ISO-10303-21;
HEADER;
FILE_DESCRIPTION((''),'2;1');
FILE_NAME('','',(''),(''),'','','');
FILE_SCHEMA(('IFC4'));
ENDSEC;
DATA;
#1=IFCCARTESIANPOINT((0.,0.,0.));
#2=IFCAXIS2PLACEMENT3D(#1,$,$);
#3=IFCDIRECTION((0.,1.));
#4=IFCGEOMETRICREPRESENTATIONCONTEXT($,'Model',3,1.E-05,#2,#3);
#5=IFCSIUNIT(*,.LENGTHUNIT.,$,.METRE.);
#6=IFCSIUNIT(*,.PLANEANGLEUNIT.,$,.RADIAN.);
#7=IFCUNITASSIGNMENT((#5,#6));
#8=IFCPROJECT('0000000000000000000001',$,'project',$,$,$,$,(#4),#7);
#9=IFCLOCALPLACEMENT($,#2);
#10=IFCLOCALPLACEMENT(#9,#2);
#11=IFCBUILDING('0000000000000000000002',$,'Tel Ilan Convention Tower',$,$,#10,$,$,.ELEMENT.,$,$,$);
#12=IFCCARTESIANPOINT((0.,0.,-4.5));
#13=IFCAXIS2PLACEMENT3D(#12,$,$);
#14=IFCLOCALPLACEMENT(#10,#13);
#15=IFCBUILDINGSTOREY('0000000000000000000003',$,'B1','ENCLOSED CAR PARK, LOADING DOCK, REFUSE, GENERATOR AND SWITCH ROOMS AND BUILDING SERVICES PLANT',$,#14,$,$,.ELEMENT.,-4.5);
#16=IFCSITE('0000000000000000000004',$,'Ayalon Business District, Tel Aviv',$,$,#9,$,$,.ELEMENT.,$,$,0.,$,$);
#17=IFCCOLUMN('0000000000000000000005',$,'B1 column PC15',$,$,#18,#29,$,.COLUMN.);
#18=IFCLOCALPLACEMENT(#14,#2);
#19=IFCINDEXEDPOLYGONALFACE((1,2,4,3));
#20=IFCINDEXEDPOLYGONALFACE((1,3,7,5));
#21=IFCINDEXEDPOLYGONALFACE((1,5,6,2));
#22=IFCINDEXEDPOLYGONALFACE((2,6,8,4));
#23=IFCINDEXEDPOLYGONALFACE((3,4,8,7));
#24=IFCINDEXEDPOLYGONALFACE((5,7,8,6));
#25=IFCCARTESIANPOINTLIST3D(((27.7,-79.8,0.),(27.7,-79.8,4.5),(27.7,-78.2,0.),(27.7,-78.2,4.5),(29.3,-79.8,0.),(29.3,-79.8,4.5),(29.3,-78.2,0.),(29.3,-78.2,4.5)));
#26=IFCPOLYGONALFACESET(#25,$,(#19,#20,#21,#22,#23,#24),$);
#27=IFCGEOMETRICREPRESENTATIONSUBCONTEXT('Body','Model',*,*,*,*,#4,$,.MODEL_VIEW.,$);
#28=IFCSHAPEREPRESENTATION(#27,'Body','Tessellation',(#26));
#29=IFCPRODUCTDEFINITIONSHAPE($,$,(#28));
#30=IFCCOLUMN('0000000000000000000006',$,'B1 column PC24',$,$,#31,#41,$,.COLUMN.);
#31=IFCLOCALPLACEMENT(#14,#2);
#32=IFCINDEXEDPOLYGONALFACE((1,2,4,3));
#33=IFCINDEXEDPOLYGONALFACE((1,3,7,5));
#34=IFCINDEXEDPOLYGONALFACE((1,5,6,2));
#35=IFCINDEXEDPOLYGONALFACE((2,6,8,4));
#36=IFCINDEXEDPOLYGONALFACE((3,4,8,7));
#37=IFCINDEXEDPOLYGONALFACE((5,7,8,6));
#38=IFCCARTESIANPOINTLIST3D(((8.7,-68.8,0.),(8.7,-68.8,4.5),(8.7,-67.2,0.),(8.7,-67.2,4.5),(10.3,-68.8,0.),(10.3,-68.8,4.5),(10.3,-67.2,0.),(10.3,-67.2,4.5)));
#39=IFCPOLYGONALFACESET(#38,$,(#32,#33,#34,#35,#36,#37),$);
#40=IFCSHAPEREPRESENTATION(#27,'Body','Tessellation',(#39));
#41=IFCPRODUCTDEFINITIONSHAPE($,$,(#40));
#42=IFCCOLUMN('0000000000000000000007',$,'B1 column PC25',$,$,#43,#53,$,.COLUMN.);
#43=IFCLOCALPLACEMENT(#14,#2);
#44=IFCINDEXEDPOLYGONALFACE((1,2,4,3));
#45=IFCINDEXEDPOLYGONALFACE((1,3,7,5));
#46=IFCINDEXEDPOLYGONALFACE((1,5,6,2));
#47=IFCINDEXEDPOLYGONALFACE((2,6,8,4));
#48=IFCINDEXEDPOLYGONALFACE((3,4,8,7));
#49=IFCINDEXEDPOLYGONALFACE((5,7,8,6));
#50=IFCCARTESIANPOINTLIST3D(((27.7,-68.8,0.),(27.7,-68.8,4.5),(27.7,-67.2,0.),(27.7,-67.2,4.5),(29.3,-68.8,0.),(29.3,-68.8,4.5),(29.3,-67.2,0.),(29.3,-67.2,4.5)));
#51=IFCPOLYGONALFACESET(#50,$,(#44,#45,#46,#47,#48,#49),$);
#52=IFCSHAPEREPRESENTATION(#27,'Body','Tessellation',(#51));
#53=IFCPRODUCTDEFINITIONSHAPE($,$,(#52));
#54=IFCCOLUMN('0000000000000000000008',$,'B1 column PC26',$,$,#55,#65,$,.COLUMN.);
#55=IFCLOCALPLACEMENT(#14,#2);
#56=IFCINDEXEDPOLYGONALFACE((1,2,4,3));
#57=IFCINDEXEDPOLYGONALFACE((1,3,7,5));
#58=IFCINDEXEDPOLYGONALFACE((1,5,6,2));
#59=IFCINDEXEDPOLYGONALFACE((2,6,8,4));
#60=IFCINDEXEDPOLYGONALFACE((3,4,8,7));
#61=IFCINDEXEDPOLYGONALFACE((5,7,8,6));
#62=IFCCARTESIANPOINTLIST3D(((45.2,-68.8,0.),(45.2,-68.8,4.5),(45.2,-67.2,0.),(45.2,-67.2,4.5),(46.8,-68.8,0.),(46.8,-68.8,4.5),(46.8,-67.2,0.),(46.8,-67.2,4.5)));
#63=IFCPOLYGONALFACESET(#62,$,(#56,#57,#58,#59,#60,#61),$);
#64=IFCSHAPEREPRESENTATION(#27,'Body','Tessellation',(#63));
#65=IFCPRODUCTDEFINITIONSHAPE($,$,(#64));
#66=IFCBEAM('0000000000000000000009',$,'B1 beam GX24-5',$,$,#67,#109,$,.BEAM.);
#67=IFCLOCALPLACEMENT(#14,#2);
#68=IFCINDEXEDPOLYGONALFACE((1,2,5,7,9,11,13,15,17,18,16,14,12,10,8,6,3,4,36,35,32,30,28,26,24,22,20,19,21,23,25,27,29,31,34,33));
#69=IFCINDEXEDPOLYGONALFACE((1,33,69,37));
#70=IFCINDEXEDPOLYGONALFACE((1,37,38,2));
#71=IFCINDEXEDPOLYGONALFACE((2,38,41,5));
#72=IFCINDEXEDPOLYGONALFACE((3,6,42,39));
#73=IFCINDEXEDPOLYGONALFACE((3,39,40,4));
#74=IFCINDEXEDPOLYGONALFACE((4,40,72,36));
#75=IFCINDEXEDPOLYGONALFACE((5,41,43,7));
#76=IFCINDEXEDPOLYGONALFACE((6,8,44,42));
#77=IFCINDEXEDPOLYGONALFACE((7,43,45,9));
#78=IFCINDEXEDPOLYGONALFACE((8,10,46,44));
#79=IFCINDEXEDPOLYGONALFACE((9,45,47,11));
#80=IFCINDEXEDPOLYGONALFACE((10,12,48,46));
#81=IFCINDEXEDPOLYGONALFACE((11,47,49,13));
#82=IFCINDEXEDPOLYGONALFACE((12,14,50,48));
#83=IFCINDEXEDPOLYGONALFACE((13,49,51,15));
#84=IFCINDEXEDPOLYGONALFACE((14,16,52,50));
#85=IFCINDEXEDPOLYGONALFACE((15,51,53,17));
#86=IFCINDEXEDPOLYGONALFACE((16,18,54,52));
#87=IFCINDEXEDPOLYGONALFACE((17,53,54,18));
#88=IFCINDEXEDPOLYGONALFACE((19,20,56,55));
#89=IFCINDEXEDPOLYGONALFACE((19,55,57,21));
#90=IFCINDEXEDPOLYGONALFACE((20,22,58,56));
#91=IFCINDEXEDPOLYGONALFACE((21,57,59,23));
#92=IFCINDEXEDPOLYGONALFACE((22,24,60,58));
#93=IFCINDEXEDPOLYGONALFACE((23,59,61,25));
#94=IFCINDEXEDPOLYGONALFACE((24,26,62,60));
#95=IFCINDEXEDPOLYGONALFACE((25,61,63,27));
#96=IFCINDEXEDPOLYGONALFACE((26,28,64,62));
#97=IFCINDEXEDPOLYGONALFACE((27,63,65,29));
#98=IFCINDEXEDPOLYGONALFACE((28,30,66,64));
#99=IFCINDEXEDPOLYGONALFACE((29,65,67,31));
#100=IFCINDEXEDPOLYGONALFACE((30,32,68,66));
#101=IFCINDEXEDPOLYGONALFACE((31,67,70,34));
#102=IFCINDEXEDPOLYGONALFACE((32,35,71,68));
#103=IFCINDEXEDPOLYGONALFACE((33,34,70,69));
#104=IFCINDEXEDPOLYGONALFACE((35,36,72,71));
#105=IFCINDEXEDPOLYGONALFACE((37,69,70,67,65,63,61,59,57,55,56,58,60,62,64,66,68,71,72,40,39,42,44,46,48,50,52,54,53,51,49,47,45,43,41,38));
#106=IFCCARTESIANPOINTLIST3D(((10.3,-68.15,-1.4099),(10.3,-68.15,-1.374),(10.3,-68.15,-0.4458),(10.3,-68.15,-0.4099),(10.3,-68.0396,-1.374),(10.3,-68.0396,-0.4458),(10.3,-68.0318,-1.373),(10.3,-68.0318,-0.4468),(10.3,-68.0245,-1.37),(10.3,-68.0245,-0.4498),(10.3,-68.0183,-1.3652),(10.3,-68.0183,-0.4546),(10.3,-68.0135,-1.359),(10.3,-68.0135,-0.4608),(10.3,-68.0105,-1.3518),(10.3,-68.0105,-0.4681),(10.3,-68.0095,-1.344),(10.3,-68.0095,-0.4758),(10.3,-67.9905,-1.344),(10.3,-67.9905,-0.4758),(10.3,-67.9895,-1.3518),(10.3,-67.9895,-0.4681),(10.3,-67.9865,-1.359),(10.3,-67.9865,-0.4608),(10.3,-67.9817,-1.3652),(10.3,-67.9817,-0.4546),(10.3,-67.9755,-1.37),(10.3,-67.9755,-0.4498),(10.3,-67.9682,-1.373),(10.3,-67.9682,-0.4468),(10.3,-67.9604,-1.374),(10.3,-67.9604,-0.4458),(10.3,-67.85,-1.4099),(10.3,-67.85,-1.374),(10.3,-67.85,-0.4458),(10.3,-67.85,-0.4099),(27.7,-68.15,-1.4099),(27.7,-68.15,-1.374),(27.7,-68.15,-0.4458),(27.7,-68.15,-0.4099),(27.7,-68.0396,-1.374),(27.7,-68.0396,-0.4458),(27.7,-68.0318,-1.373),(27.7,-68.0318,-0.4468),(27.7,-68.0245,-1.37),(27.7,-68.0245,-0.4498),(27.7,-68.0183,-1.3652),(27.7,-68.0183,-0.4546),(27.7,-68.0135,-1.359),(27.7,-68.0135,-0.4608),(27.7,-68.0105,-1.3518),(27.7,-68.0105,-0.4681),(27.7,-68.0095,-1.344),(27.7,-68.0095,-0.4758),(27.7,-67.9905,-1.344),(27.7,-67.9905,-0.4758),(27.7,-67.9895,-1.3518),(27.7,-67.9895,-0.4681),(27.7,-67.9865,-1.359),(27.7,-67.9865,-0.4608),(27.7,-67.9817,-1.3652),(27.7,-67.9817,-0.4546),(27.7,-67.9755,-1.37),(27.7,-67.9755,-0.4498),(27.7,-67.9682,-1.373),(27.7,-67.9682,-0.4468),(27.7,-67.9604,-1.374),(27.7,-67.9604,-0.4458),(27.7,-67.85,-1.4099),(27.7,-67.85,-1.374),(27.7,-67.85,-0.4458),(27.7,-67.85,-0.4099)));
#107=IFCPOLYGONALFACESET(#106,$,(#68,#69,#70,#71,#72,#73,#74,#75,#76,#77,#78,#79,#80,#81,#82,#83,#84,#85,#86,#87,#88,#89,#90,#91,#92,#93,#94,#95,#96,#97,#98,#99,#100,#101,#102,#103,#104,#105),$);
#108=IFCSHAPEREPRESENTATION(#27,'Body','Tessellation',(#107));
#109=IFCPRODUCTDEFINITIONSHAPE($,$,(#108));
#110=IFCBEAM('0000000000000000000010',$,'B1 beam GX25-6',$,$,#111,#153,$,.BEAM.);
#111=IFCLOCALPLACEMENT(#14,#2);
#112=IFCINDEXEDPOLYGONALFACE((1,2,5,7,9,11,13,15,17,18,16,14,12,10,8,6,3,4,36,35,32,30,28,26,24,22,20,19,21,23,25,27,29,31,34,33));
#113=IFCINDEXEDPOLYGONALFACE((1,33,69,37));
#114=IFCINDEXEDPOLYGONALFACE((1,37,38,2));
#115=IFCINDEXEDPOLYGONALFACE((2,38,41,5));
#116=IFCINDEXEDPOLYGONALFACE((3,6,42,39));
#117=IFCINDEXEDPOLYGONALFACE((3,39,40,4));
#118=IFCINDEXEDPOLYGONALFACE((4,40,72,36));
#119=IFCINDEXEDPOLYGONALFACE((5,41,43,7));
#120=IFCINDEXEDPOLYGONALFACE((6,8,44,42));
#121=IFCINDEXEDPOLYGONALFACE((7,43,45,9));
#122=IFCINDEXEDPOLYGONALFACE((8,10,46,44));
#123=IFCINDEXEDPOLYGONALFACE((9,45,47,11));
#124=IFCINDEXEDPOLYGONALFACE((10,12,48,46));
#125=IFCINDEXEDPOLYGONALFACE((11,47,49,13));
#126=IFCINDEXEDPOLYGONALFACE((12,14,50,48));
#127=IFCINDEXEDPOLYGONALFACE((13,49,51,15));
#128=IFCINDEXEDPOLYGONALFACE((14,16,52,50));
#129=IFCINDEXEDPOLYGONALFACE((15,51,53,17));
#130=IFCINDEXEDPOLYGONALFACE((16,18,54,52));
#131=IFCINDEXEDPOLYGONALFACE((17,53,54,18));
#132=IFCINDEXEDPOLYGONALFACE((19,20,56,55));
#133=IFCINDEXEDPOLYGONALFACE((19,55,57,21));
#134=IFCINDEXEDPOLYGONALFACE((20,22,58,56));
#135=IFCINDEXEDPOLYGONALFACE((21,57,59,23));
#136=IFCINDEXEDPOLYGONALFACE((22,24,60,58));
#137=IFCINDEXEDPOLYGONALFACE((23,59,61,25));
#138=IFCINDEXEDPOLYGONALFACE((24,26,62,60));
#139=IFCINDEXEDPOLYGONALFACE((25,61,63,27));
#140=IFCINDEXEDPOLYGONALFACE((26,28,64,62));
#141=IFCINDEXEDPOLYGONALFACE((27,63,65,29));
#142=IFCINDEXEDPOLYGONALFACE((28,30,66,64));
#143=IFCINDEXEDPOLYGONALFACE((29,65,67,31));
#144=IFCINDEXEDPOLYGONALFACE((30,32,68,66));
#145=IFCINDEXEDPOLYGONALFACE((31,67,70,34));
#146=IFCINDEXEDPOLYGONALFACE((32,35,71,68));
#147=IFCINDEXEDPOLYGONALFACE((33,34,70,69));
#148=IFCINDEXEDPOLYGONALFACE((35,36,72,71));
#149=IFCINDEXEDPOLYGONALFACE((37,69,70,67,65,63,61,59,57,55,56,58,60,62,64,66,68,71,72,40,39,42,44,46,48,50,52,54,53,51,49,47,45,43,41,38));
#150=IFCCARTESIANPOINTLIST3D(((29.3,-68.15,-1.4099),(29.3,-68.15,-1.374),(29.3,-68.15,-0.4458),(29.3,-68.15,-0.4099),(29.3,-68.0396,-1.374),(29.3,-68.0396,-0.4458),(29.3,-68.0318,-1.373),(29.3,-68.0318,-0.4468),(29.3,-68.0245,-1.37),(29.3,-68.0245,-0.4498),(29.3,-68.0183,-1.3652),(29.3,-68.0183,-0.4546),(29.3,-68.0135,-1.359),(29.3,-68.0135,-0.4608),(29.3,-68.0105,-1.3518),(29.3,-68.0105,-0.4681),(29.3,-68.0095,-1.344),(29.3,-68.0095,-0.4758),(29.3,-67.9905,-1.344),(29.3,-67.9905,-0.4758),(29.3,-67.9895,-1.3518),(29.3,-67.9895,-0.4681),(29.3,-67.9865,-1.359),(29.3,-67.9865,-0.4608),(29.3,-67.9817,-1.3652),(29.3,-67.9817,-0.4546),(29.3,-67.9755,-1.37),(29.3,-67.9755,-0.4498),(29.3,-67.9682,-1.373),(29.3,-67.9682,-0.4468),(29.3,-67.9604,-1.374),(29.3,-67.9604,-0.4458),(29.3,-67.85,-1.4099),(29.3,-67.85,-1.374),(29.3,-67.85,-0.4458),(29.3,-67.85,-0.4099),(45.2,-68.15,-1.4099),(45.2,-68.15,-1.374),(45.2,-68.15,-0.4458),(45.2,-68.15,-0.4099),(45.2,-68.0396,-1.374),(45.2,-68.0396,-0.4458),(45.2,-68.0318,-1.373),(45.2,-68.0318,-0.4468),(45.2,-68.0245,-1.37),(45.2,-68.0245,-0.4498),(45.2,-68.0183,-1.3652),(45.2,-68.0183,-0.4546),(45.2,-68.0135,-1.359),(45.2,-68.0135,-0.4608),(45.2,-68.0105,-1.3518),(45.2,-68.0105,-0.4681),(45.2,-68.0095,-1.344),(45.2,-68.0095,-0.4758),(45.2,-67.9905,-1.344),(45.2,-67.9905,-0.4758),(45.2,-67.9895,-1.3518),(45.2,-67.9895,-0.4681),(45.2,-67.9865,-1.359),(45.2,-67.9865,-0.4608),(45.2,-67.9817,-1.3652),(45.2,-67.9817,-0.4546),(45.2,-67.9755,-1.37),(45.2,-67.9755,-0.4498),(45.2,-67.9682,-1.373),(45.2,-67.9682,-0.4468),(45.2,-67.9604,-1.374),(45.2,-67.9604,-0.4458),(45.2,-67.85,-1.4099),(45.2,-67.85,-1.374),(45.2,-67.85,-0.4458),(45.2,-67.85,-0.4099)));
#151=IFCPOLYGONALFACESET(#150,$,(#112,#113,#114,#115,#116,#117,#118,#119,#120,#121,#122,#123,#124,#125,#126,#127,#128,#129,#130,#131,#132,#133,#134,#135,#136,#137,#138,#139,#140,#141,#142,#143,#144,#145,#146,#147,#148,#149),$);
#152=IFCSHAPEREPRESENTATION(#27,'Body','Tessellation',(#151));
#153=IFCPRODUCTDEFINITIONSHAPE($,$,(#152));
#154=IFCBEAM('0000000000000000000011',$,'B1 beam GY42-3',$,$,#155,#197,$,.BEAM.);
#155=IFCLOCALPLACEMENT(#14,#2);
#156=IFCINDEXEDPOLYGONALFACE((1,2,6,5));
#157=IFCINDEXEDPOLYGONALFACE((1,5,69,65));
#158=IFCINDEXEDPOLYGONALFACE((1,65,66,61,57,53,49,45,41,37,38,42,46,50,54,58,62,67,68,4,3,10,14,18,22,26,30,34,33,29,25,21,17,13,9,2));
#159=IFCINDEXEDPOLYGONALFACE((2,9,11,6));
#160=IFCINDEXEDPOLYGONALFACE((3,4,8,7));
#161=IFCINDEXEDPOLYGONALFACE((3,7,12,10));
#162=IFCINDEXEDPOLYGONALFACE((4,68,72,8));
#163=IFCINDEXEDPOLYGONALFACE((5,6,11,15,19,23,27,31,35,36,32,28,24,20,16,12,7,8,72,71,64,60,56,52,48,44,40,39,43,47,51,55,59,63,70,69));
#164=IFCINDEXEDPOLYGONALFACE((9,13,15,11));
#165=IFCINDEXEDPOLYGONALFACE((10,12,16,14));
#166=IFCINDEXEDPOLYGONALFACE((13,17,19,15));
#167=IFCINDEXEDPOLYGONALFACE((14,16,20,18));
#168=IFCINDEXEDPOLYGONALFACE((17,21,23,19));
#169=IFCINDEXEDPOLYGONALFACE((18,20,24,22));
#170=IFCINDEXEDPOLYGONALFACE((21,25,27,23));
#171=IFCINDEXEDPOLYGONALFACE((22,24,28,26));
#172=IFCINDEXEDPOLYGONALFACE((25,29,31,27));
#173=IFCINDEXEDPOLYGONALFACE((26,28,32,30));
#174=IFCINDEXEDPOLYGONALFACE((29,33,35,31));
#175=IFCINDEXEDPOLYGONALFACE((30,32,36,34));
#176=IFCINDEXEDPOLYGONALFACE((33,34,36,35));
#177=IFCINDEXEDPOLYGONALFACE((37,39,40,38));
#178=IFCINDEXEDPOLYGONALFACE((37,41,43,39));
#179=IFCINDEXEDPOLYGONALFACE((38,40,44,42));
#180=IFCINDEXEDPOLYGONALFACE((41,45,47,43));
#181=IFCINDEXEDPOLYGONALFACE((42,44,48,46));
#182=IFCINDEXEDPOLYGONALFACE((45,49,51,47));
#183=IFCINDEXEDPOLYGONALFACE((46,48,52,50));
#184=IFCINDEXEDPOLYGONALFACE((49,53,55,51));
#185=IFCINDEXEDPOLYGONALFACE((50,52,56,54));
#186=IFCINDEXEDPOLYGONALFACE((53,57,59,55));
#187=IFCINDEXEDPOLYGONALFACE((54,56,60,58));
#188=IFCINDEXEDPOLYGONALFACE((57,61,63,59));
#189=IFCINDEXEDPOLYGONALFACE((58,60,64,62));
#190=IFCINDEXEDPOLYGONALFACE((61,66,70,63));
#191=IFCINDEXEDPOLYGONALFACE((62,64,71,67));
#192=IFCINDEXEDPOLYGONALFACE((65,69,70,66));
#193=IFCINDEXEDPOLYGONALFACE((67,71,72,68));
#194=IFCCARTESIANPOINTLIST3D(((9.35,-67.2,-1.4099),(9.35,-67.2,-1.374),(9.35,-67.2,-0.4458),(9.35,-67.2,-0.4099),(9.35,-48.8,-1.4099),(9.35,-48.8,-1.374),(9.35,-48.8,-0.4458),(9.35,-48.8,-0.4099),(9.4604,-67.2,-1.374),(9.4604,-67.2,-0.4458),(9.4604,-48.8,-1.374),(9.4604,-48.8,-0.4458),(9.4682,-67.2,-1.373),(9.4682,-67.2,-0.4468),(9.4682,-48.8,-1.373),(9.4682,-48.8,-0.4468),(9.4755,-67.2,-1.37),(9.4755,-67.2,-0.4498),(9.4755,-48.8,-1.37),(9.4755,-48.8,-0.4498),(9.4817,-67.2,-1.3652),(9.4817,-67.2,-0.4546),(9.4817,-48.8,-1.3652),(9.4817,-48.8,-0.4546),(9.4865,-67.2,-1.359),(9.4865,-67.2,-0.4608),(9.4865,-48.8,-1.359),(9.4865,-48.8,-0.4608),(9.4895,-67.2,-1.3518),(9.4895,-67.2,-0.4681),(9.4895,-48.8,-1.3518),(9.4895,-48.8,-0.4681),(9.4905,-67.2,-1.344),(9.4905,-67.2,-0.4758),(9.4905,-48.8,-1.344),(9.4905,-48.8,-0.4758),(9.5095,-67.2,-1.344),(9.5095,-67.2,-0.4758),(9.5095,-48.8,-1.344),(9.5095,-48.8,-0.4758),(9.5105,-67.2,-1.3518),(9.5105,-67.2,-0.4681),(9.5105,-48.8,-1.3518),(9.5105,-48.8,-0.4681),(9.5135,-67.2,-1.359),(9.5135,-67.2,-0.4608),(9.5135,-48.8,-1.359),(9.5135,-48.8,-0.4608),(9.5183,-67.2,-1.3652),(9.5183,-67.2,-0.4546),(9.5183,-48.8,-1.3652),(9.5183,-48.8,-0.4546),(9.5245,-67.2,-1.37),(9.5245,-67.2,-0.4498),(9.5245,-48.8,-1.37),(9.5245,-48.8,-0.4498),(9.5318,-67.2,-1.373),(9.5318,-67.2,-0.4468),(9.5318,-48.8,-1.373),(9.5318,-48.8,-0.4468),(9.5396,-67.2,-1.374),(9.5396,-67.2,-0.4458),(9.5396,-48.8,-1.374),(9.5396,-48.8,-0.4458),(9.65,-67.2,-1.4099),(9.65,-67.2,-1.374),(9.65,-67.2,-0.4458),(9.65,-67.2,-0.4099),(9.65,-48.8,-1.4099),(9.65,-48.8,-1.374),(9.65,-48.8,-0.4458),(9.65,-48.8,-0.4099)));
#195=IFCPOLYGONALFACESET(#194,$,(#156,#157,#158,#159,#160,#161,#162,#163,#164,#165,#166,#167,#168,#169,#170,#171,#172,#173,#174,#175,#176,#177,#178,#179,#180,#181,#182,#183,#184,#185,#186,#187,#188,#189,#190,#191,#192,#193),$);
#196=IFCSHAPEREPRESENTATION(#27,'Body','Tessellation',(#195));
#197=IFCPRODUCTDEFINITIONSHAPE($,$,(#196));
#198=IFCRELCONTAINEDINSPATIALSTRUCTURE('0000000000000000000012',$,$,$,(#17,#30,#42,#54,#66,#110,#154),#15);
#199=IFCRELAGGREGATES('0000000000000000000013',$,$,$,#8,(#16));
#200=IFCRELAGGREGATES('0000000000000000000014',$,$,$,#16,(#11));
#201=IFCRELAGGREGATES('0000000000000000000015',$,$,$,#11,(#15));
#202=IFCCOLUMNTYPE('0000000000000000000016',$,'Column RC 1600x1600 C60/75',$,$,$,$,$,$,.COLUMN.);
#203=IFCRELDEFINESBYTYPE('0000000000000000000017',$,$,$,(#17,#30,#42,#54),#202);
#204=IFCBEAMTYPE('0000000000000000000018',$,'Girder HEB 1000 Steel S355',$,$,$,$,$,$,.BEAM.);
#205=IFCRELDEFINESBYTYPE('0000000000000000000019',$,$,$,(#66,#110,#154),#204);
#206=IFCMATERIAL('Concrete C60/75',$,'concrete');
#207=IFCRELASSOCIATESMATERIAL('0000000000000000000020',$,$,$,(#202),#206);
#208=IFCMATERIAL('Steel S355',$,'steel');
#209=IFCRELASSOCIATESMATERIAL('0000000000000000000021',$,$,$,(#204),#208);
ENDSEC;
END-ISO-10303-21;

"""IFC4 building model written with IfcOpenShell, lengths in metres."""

from ifc_helpers import new_model, si_unit, direction, frame, origin, origin_2d, place, context, subcontext, project, spatial, rectangle, i_section, extrude, material, material_profile, profile_set, type_object, element, save


model = new_model("IFC4")

# Units and contexts
model_context = context("Model", 3, precision=1e-05, world=origin(), true_north=direction((0.0, 1.0)))
body_context = subcontext(model_context, "Body", "Model", "MODEL_VIEW")
ifc_project = project(units=[si_unit("LENGTHUNIT", "METRE"), si_unit("PLANEANGLEUNIT", "RADIAN")], contexts=[model_context])

# Site, building, storey
site_placement = place(None, origin())
site = spatial("IfcSite", under=ifc_project, at=site_placement, Name="Ayalon Business District, Tel Aviv", CompositionType="ELEMENT", RefElevation=0.0)
building_placement = place(site_placement, origin())
building = spatial("IfcBuilding", under=site, at=building_placement, Name="Tel Ilan Convention Tower", CompositionType="ELEMENT")
storey_placement = place(building_placement, frame((0.0, 0.0, -4.5)))
storey = spatial("IfcBuildingStorey", under=building, at=storey_placement, Name="B1", Description="ENCLOSED CAR PARK, LOADING DOCK, REFUSE, GENERATOR AND SWITCH ROOMS AND BUILDING SERVICES PLANT", CompositionType="ELEMENT", Elevation=-4.5)

# Columns
ifc_material_1 = material(Name="Concrete C60/75", Category="concrete")
ifc_material_profile_1 = material_profile(ifc_material_1, rectangle(XDim=1.6001, YDim=1.6001, at=origin_2d()), Name="RC 1600x1600")
ifc_profile_set_1 = profile_set([ifc_material_profile_1], Name="Concrete C60/75")
column_type = type_object("IfcColumnType", Name="Column RC 1600x1600 C60/75", PredefinedType="COLUMN", material=ifc_profile_set_1)
for number, where, z_axis, x_axis, name in (
    (1, (28.5, -79.0, 0.0), (0.0, 0.0, 1.0), (1.0, 0.0, 0.0), "B1 column PC15"),
    (2, (9.5, -68.0, 0.0), (0.0, 0.0, 1.0), (1.0, 0.0, 0.0), "B1 column PC24"),
    (3, (28.5, -68.0, 0.0), (0.0, 0.0, 1.0), (1.0, 0.0, 0.0), "B1 column PC25"),
    (4, (46.0, -68.0, 0.0), (0.0, 0.0, 1.0), (1.0, 0.0, 0.0), "B1 column PC26"),
):
    element("IfcColumn", number, at=place(storey_placement, frame(where, z_axis=z_axis, x_axis=x_axis)), inside=storey, type_object=column_type, Name=name, PredefinedType="COLUMN", context=body_context, shape_type="SweptSolid", body=[
        extrude(rectangle(XDim=1.6001, YDim=1.6001, at=origin_2d()), origin(), (0.0, 0.0, 1.0), 4.5),
    ])

# Beams
ifc_material_2 = material(Name="Steel S355", Category="steel")
ifc_material_profile_2 = material_profile(ifc_material_2, i_section(OverallWidth=0.3, OverallDepth=1.0, WebThickness=0.019, FlangeThickness=0.0359, FilletRadius=0.03, at=origin_2d()), Name="HEB 1000")
ifc_profile_set_2 = profile_set([ifc_material_profile_2], Name="Steel S355")
beam_type_1 = type_object("IfcBeamType", Name="Girder HEB 1000 Steel S355", PredefinedType="BEAM", material=ifc_profile_set_2)
beam_1_placement = place(storey_placement, frame((10.3, -68.0, -0.9099), z_axis=(1.0, 0.0, 0.0), x_axis=(0.0, 1.0, 0.0)))
element("IfcBeam", 5, at=beam_1_placement, inside=storey, type_object=beam_type_1, Name="B1 beam GX24-5", PredefinedType="BEAM", context=body_context, shape_type="SweptSolid", body=[
    extrude(i_section(OverallWidth=0.3, OverallDepth=1.0, WebThickness=0.019, FlangeThickness=0.0359, FilletRadius=0.03, at=origin_2d()), origin(), (0.0, 0.0, 1.0), 17.3999),
])
beam_2_placement = place(storey_placement, frame((29.3, -68.0, -0.9099), z_axis=(1.0, 0.0, 0.0), x_axis=(0.0, 1.0, 0.0)))
element("IfcBeam", 6, at=beam_2_placement, inside=storey, type_object=beam_type_1, Name="B1 beam GX25-6", PredefinedType="BEAM", context=body_context, shape_type="SweptSolid", body=[
    extrude(i_section(OverallWidth=0.3, OverallDepth=1.0, WebThickness=0.019, FlangeThickness=0.0359, FilletRadius=0.03, at=origin_2d()), origin(), (0.0, 0.0, 1.0), 15.8999),
])
beam_3_placement = place(storey_placement, frame((9.5, -67.2, -0.9099), z_axis=(0.0, 1.0, 0.0), x_axis=(-1.0, 0.0, 0.0)))
element("IfcBeam", 7, at=beam_3_placement, inside=storey, type_object=beam_type_1, Name="B1 beam GY42-3", PredefinedType="BEAM", context=body_context, shape_type="SweptSolid", body=[
    extrude(i_section(OverallWidth=0.3, OverallDepth=1.0, WebThickness=0.019, FlangeThickness=0.0359, FilletRadius=0.03, at=origin_2d()), origin(), (0.0, 0.0, 1.0), 18.3999),
])

save(model, "model.ifc")
